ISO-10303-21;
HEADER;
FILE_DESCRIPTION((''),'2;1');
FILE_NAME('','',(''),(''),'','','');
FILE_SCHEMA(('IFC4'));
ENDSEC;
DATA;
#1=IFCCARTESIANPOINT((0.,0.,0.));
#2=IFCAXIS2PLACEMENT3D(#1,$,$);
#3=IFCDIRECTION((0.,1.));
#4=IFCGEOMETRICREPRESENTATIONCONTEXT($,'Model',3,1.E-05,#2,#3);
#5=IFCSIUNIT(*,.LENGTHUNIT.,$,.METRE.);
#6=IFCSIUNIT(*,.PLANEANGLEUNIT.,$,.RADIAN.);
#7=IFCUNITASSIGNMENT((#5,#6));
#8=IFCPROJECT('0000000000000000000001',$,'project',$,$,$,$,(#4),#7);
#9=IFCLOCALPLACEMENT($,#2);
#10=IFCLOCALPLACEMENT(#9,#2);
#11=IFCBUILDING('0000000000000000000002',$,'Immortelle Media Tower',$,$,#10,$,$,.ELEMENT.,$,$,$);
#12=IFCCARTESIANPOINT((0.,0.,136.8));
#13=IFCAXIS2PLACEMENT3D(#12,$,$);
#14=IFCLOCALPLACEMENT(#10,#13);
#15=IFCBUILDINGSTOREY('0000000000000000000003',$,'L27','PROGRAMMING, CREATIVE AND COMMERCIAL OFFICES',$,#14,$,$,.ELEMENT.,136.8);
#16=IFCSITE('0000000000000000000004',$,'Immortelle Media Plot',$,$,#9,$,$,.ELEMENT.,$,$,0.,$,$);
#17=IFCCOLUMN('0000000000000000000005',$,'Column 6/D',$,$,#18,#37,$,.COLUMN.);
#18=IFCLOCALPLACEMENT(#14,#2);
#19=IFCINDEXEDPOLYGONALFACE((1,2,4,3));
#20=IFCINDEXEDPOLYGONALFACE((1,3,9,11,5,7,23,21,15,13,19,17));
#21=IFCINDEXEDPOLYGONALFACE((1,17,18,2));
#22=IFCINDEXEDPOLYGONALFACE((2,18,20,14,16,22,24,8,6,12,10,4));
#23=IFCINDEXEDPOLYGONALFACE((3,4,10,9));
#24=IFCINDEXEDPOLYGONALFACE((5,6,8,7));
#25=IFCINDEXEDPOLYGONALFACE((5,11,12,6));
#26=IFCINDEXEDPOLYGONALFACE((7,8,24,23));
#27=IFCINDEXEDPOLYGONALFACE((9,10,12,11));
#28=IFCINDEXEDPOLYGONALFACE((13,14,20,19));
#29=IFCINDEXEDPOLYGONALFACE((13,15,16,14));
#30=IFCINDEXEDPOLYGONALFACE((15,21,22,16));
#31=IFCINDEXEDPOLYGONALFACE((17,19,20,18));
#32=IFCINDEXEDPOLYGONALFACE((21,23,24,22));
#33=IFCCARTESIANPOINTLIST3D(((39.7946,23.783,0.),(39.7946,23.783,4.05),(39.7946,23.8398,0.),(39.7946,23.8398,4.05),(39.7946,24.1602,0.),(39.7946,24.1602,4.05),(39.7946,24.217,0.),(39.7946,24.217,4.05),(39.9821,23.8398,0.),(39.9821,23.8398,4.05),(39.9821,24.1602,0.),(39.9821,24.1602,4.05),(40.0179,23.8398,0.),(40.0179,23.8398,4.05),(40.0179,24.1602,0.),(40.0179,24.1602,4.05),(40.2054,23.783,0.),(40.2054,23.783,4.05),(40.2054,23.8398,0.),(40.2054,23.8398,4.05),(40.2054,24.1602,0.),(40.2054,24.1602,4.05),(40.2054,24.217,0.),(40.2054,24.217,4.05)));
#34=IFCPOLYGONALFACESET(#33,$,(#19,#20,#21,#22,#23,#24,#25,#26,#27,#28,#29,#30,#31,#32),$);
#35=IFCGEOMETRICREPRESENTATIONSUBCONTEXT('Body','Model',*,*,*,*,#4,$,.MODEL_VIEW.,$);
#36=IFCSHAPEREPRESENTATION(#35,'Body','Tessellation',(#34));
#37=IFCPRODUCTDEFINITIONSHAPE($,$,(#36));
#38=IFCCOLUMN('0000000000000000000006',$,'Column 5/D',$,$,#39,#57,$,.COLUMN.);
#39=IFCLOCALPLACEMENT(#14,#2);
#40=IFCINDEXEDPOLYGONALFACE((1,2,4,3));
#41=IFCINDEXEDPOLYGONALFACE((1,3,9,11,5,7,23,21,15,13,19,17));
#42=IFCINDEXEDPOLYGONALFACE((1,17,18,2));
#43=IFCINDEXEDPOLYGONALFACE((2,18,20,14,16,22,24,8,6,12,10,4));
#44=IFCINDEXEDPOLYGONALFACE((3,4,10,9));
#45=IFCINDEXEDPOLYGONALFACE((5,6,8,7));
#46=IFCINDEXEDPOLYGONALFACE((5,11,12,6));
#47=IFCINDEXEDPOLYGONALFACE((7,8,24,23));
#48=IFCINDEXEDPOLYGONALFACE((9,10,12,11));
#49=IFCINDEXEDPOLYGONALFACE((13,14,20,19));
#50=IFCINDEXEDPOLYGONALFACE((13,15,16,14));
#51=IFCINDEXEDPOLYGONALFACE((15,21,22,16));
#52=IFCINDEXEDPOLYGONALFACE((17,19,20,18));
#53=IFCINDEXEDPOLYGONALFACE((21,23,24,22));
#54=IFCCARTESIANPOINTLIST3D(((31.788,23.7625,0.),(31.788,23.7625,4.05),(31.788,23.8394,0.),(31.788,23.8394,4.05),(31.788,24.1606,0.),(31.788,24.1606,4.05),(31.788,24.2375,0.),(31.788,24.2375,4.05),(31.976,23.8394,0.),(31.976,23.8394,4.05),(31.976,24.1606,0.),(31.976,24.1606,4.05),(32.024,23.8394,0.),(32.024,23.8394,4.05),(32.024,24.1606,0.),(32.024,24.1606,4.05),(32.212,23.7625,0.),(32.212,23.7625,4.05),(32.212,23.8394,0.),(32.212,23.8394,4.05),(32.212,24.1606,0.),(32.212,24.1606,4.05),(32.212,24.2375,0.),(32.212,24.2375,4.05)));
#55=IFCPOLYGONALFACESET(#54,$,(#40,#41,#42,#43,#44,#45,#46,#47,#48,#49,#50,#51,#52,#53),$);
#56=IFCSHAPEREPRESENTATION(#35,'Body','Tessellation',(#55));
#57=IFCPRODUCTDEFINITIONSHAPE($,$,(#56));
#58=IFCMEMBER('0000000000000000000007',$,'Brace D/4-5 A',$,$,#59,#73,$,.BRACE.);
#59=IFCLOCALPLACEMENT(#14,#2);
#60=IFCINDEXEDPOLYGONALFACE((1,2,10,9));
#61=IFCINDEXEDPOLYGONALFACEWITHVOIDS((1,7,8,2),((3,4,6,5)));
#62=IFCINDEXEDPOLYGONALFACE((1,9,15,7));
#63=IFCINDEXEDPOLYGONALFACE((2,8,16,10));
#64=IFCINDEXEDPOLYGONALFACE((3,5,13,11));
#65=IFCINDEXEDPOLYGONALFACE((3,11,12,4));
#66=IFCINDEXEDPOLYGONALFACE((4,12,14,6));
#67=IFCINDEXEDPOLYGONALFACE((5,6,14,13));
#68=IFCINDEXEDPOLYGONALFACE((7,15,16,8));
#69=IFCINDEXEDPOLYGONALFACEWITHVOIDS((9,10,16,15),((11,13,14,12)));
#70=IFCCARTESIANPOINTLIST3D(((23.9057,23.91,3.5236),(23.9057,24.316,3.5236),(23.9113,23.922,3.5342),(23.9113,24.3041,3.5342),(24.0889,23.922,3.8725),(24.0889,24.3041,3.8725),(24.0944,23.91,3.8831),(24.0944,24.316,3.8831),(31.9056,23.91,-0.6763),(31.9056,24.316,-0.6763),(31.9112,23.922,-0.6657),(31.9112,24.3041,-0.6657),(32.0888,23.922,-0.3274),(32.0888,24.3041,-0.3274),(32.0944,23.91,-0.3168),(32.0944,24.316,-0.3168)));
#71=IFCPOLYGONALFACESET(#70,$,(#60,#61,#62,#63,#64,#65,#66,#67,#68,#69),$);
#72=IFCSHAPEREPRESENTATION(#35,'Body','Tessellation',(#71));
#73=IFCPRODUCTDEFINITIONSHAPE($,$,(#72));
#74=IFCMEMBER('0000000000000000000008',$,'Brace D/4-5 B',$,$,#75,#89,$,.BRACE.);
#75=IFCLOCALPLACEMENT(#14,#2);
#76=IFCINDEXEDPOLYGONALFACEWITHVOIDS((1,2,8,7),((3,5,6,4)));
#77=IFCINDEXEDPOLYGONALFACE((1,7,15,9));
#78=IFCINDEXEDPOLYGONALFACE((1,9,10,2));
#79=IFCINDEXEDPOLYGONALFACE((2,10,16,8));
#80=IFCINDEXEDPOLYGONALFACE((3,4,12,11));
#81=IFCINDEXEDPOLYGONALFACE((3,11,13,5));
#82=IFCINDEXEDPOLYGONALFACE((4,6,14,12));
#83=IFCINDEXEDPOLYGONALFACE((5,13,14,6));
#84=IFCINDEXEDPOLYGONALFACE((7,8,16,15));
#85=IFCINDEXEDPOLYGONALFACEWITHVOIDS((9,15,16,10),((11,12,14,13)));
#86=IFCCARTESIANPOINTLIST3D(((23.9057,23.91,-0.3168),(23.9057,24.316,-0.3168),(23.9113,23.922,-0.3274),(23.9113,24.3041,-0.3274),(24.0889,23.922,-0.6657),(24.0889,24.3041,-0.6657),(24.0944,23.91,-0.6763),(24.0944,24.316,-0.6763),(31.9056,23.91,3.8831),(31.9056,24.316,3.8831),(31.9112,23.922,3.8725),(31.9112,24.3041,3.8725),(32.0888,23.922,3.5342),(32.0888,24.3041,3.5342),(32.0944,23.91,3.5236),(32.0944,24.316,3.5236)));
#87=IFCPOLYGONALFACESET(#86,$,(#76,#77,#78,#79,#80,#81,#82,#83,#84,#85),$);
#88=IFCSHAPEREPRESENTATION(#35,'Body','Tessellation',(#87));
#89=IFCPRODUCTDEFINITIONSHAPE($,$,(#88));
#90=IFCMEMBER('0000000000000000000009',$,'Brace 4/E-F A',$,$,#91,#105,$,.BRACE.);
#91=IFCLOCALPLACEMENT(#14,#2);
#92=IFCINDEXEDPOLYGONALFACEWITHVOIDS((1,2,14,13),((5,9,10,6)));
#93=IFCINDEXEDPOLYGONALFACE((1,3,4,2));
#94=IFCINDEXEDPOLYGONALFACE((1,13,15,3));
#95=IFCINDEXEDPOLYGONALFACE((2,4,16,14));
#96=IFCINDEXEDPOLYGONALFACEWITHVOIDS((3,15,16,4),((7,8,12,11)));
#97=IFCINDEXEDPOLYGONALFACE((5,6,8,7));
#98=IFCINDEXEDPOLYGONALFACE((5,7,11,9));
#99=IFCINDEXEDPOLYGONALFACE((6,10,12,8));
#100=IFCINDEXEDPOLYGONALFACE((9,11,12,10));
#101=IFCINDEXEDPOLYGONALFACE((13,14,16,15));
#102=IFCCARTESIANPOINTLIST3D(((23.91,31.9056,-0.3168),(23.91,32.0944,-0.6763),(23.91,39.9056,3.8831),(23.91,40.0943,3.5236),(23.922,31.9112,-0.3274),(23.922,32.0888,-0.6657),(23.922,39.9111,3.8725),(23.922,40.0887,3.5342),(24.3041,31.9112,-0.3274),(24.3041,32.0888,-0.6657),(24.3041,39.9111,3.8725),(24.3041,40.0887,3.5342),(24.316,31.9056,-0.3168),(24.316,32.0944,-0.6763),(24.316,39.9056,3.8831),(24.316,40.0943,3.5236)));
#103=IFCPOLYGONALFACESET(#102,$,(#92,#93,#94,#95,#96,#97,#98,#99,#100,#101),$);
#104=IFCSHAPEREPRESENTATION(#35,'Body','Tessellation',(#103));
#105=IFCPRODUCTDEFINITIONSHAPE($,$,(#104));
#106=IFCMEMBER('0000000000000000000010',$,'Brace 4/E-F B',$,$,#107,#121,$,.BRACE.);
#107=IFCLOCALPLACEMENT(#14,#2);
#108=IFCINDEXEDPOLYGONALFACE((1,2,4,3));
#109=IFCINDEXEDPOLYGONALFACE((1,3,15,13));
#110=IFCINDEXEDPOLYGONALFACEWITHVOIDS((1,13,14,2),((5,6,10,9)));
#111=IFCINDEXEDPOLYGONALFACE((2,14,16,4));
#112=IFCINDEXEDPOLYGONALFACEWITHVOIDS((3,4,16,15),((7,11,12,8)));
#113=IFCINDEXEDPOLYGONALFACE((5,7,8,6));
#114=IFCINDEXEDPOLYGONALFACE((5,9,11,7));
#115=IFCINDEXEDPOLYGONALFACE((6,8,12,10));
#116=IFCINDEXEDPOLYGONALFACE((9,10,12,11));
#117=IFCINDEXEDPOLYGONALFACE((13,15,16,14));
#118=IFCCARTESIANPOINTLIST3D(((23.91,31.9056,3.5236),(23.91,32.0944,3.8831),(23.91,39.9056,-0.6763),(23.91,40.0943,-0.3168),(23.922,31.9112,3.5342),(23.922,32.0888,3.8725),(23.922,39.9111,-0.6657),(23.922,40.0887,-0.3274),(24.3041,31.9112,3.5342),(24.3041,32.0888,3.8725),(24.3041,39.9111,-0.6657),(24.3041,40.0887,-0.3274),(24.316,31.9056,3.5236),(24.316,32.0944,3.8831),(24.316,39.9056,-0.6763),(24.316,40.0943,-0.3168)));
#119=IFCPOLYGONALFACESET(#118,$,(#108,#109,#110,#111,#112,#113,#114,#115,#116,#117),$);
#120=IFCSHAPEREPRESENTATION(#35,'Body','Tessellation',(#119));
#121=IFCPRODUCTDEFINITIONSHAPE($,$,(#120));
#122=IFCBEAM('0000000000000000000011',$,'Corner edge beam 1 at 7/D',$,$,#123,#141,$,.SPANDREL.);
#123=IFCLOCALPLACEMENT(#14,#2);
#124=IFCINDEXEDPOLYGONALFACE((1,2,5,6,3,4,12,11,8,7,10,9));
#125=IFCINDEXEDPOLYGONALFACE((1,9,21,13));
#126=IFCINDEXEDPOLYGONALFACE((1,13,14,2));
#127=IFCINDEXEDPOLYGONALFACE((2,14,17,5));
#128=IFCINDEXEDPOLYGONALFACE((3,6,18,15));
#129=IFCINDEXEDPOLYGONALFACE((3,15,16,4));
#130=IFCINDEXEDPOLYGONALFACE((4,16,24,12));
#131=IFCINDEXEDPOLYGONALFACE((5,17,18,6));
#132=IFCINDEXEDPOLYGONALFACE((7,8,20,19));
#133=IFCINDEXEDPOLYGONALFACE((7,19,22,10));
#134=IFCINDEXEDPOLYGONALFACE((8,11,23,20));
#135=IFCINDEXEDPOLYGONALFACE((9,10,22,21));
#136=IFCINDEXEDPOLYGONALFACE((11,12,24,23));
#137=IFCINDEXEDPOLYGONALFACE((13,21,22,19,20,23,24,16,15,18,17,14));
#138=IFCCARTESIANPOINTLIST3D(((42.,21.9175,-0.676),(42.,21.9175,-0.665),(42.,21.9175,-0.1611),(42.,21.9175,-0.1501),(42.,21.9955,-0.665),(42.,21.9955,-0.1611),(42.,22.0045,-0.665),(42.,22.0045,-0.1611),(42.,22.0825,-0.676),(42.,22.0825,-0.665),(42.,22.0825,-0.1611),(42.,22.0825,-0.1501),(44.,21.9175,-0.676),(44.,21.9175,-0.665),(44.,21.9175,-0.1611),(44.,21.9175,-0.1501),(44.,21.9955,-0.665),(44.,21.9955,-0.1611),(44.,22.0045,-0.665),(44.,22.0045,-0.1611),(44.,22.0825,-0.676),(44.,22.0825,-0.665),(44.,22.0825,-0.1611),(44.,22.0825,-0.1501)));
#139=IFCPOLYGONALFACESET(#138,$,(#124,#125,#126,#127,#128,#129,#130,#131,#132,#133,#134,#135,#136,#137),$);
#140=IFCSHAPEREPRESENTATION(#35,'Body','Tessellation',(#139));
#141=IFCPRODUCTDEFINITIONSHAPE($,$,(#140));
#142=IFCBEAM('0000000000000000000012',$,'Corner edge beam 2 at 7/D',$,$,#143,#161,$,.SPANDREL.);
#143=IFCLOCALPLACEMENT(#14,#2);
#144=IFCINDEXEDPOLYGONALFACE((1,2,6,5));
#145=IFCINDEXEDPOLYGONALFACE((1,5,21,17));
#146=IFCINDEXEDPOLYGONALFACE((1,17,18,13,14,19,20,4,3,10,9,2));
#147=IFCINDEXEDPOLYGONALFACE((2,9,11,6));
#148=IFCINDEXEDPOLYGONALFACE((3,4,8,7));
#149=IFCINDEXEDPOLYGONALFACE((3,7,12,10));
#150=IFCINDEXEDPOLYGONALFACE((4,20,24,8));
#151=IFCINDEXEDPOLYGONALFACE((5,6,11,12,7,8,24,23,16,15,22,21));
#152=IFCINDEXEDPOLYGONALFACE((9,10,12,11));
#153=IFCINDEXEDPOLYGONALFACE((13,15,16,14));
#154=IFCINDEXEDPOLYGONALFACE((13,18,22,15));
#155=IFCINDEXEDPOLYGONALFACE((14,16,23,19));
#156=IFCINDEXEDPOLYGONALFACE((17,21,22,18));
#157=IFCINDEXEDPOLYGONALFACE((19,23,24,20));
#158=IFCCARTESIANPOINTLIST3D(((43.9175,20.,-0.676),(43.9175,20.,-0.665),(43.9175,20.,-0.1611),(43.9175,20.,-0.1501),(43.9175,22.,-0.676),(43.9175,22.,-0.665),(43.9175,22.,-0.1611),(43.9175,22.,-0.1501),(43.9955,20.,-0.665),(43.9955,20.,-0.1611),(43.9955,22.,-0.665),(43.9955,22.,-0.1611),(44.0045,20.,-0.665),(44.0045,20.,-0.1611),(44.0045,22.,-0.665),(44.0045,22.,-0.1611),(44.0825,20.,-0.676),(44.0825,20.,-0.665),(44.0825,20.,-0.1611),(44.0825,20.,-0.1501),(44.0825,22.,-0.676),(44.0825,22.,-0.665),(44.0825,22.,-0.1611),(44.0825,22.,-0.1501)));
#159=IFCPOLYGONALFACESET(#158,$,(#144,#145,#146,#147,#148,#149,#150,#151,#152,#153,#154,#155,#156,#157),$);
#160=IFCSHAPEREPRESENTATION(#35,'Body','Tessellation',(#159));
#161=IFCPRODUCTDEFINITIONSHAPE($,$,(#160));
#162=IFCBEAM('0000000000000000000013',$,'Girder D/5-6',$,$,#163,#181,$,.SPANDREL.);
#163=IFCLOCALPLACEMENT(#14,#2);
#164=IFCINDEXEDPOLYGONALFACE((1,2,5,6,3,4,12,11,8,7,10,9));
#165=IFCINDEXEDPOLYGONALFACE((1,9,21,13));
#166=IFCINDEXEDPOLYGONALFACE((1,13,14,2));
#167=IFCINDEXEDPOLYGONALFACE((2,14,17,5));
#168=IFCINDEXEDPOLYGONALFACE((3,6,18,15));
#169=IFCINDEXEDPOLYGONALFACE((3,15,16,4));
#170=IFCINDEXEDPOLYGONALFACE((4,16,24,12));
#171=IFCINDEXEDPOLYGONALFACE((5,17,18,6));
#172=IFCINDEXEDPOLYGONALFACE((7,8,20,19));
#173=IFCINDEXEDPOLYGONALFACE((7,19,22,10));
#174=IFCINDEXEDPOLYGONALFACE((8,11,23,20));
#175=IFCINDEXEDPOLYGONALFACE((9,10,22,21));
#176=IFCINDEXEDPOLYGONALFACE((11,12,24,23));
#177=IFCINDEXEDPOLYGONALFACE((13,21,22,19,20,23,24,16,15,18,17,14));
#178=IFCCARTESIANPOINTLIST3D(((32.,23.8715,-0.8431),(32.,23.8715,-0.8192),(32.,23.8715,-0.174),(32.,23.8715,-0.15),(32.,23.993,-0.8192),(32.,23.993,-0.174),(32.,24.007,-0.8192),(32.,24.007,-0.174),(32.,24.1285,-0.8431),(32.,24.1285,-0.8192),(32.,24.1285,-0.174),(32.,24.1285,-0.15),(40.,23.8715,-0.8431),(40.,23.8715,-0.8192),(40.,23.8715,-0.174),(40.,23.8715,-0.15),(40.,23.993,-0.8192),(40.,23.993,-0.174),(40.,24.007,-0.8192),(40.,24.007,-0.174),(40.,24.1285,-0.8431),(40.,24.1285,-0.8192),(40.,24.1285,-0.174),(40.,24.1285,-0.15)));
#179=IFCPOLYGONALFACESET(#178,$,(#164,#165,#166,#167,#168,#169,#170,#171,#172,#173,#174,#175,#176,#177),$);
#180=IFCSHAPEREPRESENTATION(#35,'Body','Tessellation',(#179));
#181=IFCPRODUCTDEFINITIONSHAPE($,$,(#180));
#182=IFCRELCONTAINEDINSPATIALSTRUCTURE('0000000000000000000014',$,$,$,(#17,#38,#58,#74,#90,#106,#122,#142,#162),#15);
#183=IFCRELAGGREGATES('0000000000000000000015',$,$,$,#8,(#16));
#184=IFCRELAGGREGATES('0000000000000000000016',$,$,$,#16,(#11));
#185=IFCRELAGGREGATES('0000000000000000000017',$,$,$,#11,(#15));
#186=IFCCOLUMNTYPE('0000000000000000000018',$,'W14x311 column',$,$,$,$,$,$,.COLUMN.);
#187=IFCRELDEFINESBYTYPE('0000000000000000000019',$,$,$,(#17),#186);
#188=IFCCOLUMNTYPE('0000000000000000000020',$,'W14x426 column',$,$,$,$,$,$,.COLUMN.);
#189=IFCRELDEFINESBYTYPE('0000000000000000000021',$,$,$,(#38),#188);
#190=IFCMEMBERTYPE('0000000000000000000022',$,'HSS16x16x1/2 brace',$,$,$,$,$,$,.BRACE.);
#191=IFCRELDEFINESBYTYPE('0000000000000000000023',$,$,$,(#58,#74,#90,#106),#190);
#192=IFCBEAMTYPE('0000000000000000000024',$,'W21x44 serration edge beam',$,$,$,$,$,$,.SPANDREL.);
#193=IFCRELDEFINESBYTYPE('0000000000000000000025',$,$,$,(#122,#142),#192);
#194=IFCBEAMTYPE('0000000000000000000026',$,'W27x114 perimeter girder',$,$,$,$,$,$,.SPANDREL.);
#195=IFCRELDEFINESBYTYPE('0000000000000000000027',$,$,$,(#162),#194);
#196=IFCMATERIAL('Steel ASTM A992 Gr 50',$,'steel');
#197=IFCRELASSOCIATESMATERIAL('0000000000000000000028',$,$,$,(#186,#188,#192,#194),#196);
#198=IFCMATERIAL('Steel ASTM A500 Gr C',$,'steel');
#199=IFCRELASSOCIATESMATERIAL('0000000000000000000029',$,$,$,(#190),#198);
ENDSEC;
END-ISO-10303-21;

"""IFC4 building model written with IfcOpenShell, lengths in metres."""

from ifc_helpers import new_model, si_unit, direction, frame, origin, origin_2d, place, context, subcontext, project, spatial, hollow_rectangle, i_section, extrude, material, material_profile, profile_set, type_object, element, save


model = new_model("IFC4")

# Units and contexts
model_context = context("Model", 3, precision=1e-05, world=origin(), true_north=direction((0.0, 1.0)))
body_context = subcontext(model_context, "Body", "Model", "MODEL_VIEW")
ifc_project = project(units=[si_unit("LENGTHUNIT", "METRE"), si_unit("PLANEANGLEUNIT", "RADIAN")], contexts=[model_context])

# Site, building, storey
site_placement = place(None, origin())
site = spatial("IfcSite", under=ifc_project, at=site_placement, Name="Immortelle Media Plot", CompositionType="ELEMENT", RefElevation=0.0)
building_placement = place(site_placement, origin())
building = spatial("IfcBuilding", under=site, at=building_placement, Name="Immortelle Media Tower", CompositionType="ELEMENT")
storey_placement = place(building_placement, frame((0.0, 0.0, 136.8)))
storey = spatial("IfcBuildingStorey", under=building, at=storey_placement, Name="L27", Description="PROGRAMMING, CREATIVE AND COMMERCIAL OFFICES", CompositionType="ELEMENT", Elevation=136.8)

# Columns
ifc_material_1 = material(Name="Steel ASTM A992 Gr 50", Category="steel")
ifc_material_profile_1 = material_profile(ifc_material_1, i_section(OverallWidth=0.4109, OverallDepth=0.4341, WebThickness=0.0359, FlangeThickness=0.0569, at=origin_2d()), Name="W14x311")
ifc_profile_set_1 = profile_set([ifc_material_profile_1], Name="Steel ASTM A992 Gr 50")
column_type_1 = type_object("IfcColumnType", Name="W14x311 column", PredefinedType="COLUMN", material=ifc_profile_set_1)
column_1_placement = place(storey_placement, frame((40.0, 24.0, 0.0), z_axis=(0.0, 0.0, 1.0), x_axis=(1.0, 0.0, 0.0)))
element("IfcColumn", 1, at=column_1_placement, inside=storey, type_object=column_type_1, Name="Column 6/D", PredefinedType="COLUMN", context=body_context, shape_type="SweptSolid", body=[
    extrude(i_section(OverallWidth=0.4109, OverallDepth=0.4341, WebThickness=0.0359, FlangeThickness=0.0569, at=origin_2d()), origin(), (0.0, 0.0, 1.0), 4.05),
])
ifc_material_profile_2 = material_profile(ifc_material_1, i_section(OverallWidth=0.4241, OverallDepth=0.4751, WebThickness=0.0481, FlangeThickness=0.0769, at=origin_2d()), Name="W14x426")
ifc_profile_set_2 = profile_set([ifc_material_profile_2], Name="Steel ASTM A992 Gr 50")
column_type_2 = type_object("IfcColumnType", Name="W14x426 column", PredefinedType="COLUMN", material=ifc_profile_set_2)
column_2_placement = place(storey_placement, frame((32.0, 24.0, 0.0), z_axis=(0.0, 0.0, 1.0), x_axis=(1.0, 0.0, 0.0)))
element("IfcColumn", 2, at=column_2_placement, inside=storey, type_object=column_type_2, Name="Column 5/D", PredefinedType="COLUMN", context=body_context, shape_type="SweptSolid", body=[
    extrude(i_section(OverallWidth=0.4241, OverallDepth=0.4751, WebThickness=0.0481, FlangeThickness=0.0769, at=origin_2d()), origin(), (0.0, 0.0, 1.0), 4.05),
])

# Members
ifc_material_2 = material(Name="Steel ASTM A500 Gr C", Category="steel")
ifc_material_profile_3 = material_profile(ifc_material_2, hollow_rectangle(XDim=0.406, YDim=0.406, WallThickness=0.012, at=origin_2d()), Name="HSS16x16x1/2 brace")
ifc_profile_set_3 = profile_set([ifc_material_profile_3], Name="Steel ASTM A500 Gr C")
member_type = type_object("IfcMemberType", Name="HSS16x16x1/2 brace", PredefinedType="BRACE", material=ifc_profile_set_3)
for number, where, z_axis, x_axis, name in (
    (3, (32.0, 24.113, -0.4966), (-0.8854, 0.0, 0.46483), (0.0, -1.0, 0.0), "Brace D/4-5 A"),
    (4, (32.0, 24.113, 3.7034), (-0.8854, 0.0, -0.46483), (0.0, -1.0, 0.0), "Brace D/4-5 B"),
    (5, (24.113, 32.0, -0.4966), (0.0, 0.8854, 0.46483), (-1.0, 0.0, 0.0), "Brace 4/E-F A"),
    (6, (24.113, 32.0, 3.7034), (0.0, 0.8854, -0.46483), (-1.0, 0.0, 0.0), "Brace 4/E-F B"),
):
    element("IfcMember", number, at=place(storey_placement, frame(where, z_axis=z_axis, x_axis=x_axis)), inside=storey, type_object=member_type, Name=name, PredefinedType="BRACE", context=body_context, shape_type="SweptSolid", body=[
        extrude(hollow_rectangle(XDim=0.406, YDim=0.406, WallThickness=0.012, at=origin_2d()), origin(), (0.0, 0.0, 1.0), 9.0354),
    ])

# Beams
ifc_material_profile_4 = material_profile(ifc_material_1, i_section(OverallWidth=0.165, OverallDepth=0.5259, WebThickness=0.009, FlangeThickness=0.011, at=origin_2d()), Name="W21x44")
ifc_profile_set_4 = profile_set([ifc_material_profile_4], Name="Steel ASTM A992 Gr 50")
beam_type_1 = type_object("IfcBeamType", Name="W21x44 serration edge beam", PredefinedType="SPANDREL", material=ifc_profile_set_4)
for number, where, z_axis, x_axis, name in (
    (7, (42.0, 22.0, -0.4131), (1.0, 0.0, 0.0), (0.0, 1.0, 0.0), "Corner edge beam 1 at 7/D"),
    (8, (44.0, 22.0, -0.4131), (0.0, -1.0, 0.0), (1.0, 0.0, 0.0), "Corner edge beam 2 at 7/D"),
):
    element("IfcBeam", number, at=place(storey_placement, frame(where, z_axis=z_axis, x_axis=x_axis)), inside=storey, type_object=beam_type_1, Name=name, PredefinedType="SPANDREL", context=body_context, shape_type="SweptSolid", body=[
        extrude(i_section(OverallWidth=0.165, OverallDepth=0.5259, WebThickness=0.009, FlangeThickness=0.011, at=origin_2d()), origin(), (0.0, 0.0, 1.0), 2.0),
    ])
ifc_material_profile_5 = material_profile(ifc_material_1, i_section(OverallWidth=0.2571, OverallDepth=0.6931, WebThickness=0.0139, FlangeThickness=0.0239, at=origin_2d()), Name="W27x114")
ifc_profile_set_5 = profile_set([ifc_material_profile_5], Name="Steel ASTM A992 Gr 50")
beam_type_2 = type_object("IfcBeamType", Name="W27x114 perimeter girder", PredefinedType="SPANDREL", material=ifc_profile_set_5)
beam_1_placement = place(storey_placement, frame((32.0, 24.0, -0.4966), z_axis=(1.0, 0.0, 0.0), x_axis=(0.0, 1.0, 0.0)))
element("IfcBeam", 9, at=beam_1_placement, inside=storey, type_object=beam_type_2, Name="Girder D/5-6", PredefinedType="SPANDREL", context=body_context, shape_type="SweptSolid", body=[
    extrude(i_section(OverallWidth=0.2571, OverallDepth=0.6931, WebThickness=0.0139, FlangeThickness=0.0239, at=origin_2d()), origin(), (0.0, 0.0, 1.0), 8.0),
])

save(model, "model.ifc")
